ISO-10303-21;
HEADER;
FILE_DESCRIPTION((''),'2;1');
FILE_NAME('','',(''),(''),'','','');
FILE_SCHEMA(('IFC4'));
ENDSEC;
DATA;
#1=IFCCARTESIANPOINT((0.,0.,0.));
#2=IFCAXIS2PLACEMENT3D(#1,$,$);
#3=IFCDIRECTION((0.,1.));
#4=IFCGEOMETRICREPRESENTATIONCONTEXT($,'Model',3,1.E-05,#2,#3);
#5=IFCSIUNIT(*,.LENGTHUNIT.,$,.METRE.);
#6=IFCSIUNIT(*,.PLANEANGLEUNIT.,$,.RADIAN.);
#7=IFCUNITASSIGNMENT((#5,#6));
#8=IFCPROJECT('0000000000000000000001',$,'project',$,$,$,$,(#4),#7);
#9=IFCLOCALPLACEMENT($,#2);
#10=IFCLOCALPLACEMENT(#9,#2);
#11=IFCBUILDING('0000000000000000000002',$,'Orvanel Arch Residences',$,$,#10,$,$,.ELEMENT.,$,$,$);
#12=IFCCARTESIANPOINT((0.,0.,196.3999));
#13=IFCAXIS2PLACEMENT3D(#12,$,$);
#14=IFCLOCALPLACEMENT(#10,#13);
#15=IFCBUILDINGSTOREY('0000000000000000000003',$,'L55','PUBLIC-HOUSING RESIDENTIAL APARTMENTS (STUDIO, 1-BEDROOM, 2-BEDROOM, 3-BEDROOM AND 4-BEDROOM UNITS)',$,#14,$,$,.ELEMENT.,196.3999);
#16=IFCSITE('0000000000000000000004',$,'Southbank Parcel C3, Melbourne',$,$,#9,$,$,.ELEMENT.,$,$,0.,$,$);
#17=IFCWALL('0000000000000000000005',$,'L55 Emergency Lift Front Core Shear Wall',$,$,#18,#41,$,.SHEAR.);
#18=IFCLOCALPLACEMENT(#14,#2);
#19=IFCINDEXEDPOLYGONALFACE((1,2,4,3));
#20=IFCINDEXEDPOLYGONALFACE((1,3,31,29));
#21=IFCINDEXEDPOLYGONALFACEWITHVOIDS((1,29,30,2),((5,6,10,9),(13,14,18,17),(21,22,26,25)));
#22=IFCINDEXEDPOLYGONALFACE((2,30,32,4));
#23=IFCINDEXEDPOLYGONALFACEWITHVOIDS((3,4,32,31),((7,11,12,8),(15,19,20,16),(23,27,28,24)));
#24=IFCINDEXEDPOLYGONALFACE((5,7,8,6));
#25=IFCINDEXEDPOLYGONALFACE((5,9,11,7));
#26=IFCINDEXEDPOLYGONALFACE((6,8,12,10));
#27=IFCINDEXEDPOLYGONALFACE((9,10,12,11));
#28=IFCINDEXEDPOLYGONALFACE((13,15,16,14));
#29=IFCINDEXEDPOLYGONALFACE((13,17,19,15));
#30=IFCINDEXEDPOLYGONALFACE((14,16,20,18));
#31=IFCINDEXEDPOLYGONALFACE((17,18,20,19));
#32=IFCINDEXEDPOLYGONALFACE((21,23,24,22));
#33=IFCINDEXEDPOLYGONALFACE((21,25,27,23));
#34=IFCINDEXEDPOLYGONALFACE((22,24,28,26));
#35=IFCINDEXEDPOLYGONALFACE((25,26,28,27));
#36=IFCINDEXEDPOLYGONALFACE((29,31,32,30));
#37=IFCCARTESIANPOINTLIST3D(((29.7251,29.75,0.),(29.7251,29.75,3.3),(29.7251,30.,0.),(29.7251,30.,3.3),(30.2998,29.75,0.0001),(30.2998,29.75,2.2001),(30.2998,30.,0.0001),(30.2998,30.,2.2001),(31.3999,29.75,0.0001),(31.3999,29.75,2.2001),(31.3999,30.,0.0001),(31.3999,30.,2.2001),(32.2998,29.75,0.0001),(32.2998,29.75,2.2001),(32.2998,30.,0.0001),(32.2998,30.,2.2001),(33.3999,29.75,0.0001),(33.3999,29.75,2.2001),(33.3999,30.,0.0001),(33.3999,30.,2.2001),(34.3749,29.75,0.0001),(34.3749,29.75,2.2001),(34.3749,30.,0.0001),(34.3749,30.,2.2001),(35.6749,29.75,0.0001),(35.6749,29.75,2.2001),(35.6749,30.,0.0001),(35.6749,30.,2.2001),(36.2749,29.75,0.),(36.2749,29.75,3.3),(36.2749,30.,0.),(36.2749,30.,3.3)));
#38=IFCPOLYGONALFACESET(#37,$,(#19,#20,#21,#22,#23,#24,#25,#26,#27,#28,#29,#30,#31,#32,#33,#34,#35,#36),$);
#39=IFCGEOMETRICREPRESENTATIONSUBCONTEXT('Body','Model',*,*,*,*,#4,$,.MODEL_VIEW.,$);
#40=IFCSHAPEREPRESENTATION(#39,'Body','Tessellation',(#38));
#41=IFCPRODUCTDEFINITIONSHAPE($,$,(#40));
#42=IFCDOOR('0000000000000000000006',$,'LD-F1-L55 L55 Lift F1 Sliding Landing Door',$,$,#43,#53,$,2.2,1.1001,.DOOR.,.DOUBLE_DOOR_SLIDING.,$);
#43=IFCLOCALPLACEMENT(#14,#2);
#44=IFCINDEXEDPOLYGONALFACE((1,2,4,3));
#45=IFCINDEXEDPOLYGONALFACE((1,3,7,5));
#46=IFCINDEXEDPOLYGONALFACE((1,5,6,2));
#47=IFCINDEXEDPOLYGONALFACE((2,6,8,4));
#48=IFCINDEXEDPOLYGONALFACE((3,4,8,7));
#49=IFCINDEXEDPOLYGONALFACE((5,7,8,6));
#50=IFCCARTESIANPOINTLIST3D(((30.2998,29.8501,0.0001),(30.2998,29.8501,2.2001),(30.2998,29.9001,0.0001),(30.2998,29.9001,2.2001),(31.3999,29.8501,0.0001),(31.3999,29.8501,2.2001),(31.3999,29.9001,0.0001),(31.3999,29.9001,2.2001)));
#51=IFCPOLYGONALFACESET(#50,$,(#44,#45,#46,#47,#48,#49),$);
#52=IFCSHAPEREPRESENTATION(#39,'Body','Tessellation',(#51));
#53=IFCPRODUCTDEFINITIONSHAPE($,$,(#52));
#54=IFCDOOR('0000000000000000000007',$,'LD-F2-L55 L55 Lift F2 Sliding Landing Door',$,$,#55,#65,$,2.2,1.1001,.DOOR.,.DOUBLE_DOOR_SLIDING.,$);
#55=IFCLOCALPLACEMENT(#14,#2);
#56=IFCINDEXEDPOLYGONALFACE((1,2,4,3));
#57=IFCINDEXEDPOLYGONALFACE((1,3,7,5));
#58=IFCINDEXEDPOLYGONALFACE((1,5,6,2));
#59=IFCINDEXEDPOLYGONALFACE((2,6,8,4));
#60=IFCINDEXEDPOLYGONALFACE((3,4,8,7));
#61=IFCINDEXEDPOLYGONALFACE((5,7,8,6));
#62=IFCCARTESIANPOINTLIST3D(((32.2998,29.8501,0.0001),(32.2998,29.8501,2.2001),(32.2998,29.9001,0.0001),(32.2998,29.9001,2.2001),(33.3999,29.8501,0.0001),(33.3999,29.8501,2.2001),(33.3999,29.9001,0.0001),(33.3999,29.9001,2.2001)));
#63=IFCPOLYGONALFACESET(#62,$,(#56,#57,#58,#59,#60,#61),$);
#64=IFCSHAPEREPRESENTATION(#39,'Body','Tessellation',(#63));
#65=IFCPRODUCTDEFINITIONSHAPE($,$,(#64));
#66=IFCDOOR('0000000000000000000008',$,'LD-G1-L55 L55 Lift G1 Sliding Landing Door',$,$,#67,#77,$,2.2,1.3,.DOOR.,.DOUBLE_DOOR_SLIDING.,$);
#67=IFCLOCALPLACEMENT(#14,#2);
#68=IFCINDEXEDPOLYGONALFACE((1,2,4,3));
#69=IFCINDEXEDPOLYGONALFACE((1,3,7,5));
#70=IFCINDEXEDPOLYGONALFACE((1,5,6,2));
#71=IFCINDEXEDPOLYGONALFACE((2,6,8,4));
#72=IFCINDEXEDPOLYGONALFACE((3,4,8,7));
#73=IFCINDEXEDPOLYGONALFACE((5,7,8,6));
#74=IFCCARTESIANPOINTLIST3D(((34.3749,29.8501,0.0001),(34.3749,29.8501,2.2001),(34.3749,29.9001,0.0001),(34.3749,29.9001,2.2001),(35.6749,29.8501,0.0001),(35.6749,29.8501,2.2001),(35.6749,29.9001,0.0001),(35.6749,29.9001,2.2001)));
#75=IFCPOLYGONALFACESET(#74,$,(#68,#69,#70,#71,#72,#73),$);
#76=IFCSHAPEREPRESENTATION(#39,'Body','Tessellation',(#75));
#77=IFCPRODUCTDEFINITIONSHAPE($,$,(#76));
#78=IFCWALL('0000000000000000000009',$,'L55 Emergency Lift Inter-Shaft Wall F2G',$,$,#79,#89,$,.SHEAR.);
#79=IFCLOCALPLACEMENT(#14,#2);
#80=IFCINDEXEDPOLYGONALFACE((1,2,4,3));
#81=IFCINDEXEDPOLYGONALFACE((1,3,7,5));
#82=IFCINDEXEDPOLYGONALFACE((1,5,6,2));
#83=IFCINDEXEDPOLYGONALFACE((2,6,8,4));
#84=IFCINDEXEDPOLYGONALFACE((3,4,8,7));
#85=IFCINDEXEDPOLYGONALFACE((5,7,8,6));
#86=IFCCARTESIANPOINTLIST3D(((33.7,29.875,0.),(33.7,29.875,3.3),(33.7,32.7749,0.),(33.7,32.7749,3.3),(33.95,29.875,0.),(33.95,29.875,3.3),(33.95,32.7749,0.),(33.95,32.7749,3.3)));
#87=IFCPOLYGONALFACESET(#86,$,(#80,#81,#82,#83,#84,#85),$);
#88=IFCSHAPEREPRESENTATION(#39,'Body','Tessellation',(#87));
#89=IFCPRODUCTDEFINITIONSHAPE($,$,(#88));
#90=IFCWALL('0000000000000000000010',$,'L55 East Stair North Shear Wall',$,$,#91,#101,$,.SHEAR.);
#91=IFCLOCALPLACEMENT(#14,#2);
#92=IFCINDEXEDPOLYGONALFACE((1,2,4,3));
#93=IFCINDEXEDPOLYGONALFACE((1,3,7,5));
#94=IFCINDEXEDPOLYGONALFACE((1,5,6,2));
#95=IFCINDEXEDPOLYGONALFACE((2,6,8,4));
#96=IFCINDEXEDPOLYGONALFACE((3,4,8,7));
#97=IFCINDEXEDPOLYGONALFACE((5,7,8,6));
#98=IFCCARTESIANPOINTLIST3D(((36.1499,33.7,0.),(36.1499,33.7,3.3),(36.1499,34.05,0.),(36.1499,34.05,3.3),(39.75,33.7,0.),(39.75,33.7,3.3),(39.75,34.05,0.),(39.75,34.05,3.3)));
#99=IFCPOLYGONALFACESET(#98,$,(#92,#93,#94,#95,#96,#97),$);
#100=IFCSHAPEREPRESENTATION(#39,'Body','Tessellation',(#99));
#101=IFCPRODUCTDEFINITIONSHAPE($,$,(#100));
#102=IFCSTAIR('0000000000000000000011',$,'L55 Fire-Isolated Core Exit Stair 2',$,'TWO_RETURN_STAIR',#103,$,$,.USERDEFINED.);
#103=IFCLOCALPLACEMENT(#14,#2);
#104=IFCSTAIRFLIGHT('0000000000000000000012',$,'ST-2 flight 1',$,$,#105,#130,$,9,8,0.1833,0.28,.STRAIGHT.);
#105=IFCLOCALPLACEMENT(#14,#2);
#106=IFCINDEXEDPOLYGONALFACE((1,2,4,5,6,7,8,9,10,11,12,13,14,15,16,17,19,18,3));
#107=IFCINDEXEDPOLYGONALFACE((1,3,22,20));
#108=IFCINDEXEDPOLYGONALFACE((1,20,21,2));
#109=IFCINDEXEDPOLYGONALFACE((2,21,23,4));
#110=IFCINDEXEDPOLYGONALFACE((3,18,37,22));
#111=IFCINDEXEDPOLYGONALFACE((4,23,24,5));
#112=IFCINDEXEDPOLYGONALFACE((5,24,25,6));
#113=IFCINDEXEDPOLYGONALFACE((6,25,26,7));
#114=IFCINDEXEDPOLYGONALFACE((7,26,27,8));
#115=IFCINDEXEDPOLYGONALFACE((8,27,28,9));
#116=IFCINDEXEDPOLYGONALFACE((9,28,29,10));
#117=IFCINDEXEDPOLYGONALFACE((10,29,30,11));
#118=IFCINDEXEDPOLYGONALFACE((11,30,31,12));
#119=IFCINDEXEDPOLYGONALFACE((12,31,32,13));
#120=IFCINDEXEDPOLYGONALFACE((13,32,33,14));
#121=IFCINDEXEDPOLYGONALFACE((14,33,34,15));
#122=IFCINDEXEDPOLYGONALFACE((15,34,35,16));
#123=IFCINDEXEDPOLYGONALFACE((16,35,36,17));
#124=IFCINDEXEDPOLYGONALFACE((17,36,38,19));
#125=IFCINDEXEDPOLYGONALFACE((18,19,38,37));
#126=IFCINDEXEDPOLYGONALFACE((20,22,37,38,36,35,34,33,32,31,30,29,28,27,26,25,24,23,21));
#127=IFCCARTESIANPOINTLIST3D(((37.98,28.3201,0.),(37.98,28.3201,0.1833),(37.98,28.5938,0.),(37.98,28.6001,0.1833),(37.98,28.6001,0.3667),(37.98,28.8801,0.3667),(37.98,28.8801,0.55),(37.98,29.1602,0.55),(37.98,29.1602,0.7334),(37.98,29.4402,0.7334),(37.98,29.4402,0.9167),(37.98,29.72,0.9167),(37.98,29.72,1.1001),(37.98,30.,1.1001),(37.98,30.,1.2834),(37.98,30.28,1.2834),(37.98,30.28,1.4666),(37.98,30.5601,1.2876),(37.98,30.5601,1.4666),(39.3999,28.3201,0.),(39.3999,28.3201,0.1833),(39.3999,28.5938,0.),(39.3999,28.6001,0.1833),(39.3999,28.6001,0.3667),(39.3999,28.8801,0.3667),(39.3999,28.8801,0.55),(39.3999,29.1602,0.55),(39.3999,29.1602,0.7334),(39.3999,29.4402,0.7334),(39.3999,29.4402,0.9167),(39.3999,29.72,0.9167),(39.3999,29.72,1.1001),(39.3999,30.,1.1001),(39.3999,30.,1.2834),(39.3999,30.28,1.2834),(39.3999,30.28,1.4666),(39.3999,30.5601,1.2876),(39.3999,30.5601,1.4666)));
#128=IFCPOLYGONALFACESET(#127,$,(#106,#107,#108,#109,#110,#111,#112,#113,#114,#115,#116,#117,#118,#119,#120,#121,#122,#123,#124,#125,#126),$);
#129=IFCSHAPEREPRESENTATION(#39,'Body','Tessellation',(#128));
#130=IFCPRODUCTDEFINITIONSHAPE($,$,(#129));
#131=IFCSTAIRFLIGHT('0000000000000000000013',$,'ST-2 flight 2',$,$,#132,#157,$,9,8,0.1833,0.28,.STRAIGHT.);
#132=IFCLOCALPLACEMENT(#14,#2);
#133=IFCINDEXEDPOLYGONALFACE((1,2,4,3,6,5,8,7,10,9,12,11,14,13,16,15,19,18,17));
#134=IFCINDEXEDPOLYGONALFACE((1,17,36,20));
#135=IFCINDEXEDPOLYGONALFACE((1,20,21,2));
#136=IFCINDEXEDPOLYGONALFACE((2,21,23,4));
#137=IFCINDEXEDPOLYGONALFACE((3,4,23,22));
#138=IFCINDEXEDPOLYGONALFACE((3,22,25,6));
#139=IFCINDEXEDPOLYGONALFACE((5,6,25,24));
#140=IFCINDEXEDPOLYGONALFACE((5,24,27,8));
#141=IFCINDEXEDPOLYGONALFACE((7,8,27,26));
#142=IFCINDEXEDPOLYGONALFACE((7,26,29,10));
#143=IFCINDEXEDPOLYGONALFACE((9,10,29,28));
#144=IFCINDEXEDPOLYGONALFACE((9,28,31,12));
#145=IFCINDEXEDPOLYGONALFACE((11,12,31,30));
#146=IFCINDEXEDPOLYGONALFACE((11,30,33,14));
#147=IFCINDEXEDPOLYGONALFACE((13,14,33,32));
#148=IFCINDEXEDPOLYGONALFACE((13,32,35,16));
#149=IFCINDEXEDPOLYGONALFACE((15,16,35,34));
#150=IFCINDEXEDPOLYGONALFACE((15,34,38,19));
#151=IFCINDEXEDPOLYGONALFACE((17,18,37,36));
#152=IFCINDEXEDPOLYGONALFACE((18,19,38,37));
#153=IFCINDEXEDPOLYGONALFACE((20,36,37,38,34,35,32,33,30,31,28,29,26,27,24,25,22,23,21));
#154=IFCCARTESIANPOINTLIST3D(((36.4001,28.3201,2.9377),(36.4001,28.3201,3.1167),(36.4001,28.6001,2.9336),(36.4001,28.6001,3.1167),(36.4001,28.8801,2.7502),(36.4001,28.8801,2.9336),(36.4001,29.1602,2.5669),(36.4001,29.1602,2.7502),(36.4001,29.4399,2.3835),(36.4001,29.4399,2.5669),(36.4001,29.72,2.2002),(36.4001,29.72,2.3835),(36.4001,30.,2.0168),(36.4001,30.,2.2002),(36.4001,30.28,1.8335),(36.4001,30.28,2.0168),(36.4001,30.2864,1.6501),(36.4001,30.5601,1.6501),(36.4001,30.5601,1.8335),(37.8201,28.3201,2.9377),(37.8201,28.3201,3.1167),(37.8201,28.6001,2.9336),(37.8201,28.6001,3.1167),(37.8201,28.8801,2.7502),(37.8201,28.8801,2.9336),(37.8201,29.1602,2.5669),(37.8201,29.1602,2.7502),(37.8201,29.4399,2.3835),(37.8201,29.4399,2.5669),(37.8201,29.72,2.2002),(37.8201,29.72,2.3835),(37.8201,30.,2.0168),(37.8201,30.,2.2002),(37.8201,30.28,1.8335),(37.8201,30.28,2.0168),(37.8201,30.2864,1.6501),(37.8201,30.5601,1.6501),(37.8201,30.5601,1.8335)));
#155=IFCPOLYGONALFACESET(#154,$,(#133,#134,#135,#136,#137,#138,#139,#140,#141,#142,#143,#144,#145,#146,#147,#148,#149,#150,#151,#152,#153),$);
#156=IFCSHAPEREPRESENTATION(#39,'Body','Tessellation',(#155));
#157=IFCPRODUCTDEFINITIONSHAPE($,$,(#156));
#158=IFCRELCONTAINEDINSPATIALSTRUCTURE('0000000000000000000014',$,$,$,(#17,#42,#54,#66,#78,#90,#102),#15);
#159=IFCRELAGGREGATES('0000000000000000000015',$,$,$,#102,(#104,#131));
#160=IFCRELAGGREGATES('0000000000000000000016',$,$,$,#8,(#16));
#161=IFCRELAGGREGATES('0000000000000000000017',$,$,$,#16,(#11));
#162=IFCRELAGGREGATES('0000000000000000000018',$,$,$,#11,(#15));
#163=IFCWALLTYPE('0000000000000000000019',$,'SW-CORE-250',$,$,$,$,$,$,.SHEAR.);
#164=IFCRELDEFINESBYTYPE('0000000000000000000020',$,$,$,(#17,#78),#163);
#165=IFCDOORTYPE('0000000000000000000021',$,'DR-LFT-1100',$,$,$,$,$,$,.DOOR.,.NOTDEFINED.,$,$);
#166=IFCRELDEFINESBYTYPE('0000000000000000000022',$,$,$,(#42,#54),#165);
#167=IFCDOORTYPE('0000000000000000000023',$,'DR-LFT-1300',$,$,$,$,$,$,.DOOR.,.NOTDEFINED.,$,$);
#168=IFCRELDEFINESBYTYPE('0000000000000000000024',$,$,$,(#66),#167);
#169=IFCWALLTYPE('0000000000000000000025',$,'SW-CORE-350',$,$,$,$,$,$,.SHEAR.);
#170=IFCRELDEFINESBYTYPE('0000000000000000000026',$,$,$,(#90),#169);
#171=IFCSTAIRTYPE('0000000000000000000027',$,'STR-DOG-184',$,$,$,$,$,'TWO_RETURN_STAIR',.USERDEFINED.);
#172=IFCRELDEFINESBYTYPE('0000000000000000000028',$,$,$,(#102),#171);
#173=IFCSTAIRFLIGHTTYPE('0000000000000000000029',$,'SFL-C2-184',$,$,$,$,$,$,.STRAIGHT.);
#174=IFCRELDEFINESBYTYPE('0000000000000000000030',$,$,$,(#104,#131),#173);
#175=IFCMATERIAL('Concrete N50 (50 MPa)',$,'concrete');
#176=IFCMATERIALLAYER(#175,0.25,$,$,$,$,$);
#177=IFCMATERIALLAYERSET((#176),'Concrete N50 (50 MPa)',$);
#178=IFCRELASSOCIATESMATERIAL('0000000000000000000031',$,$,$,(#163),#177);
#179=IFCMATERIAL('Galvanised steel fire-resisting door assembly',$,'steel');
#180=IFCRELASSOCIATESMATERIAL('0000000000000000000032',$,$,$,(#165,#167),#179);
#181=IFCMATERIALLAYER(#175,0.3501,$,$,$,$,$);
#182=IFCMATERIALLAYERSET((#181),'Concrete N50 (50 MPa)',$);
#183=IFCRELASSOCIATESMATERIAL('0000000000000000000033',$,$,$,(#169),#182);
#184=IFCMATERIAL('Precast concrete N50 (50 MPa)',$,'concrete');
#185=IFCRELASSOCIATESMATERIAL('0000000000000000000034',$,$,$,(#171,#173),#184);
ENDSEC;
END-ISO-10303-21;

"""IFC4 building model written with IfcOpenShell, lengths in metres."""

from ifc_helpers import new_model, si_unit, direction, frame, frame_2d, origin, place, context, subcontext, project, spatial, polyline, rectangle, outline, extrude, material, layer, layer_set, type_object, element, fill, aggregate, save


model = new_model("IFC4")

# Units and contexts
model_context = context("Model", 3, precision=1e-05, world=origin(), true_north=direction((0.0, 1.0)))
body_context = subcontext(model_context, "Body", "Model", "MODEL_VIEW")
ifc_project = project(units=[si_unit("LENGTHUNIT", "METRE"), si_unit("PLANEANGLEUNIT", "RADIAN")], contexts=[model_context])

# Site, building, storey
site_placement = place(None, origin())
site = spatial("IfcSite", under=ifc_project, at=site_placement, Name="Southbank Parcel C3, Melbourne", CompositionType="ELEMENT", RefElevation=0.0)
building_placement = place(site_placement, origin())
building = spatial("IfcBuilding", under=site, at=building_placement, Name="Orvanel Arch Residences", CompositionType="ELEMENT")
storey_placement = place(building_placement, frame((0.0, 0.0, 196.3999)))
storey = spatial("IfcBuildingStorey", under=building, at=storey_placement, Name="L55", Description="PUBLIC-HOUSING RESIDENTIAL APARTMENTS (STUDIO, 1-BEDROOM, 2-BEDROOM, 3-BEDROOM AND 4-BEDROOM UNITS)", CompositionType="ELEMENT", Elevation=196.3999)

# Shared definitions
ifc_material_1 = material(Name="Concrete N50 (50 MPa)", Category="concrete")
ifc_layer_1 = layer(ifc_material_1, 0.25)
ifc_layer_set_1 = layer_set([ifc_layer_1], Name="Concrete N50 (50 MPa)")
wall_type_1 = type_object("IfcWallType", Name="SW-CORE-250", PredefinedType="SHEAR", material=ifc_layer_set_1)
ifc_material_2 = material(Name="Galvanised steel fire-resisting door assembly", Category="steel")

# Wall, openings, doors
wall_1_placement = place(storey_placement, frame((36.2749, 29.875, 0.0), z_axis=(0.0, 0.0, 1.0), x_axis=(-1.0, 0.0, 0.0)))
wall_1 = element("IfcWall", 1, at=wall_1_placement, inside=storey, type_object=wall_type_1, Name="L55 Emergency Lift Front Core Shear Wall", PredefinedType="SHEAR", context=body_context, shape_type="SweptSolid", body=[
    extrude(rectangle(XDim=6.5498, YDim=0.25, at=frame_2d((3.2749, 0.0))), origin(), (0.0, 0.0, 1.0), 3.3),
])
opening_1_placement = place(wall_1_placement, frame((4.875, 0.0, 0.0)))
opening_1 = element("IfcOpeningElement", 2, at=opening_1_placement, cuts=wall_1, PredefinedType="OPENING", context=body_context, shape_type="SweptSolid", body=[
    extrude(rectangle(XDim=1.1001, YDim=2.2, at=frame_2d((0.55, 1.1001))), frame((0.0, 0.135, 0.0), z_axis=(0.0, -1.0, 0.0), x_axis=(1.0, 0.0, 0.0)), (0.0, 0.0, 1.0), 0.27),
])
opening_2_placement = place(wall_1_placement, frame((2.875, 0.0, 0.0)))
opening_2 = element("IfcOpeningElement", 3, at=opening_2_placement, cuts=wall_1, PredefinedType="OPENING", context=body_context, shape_type="SweptSolid", body=[
    extrude(rectangle(XDim=1.1001, YDim=2.2, at=frame_2d((0.55, 1.1001))), frame((0.0, 0.135, 0.0), z_axis=(0.0, -1.0, 0.0), x_axis=(1.0, 0.0, 0.0)), (0.0, 0.0, 1.0), 0.27),
])
opening_3_placement = place(wall_1_placement, frame((0.6001, 0.0, 0.0)))
opening_3 = element("IfcOpeningElement", 4, at=opening_3_placement, cuts=wall_1, PredefinedType="OPENING", context=body_context, shape_type="SweptSolid", body=[
    extrude(rectangle(XDim=1.3, YDim=2.2, at=frame_2d((0.6499, 1.1001))), frame((0.0, 0.135, 0.0), z_axis=(0.0, -1.0, 0.0), x_axis=(1.0, 0.0, 0.0)), (0.0, 0.0, 1.0), 0.27),
])
door_type_1 = type_object("IfcDoorType", Name="DR-LFT-1100", OperationType="NOTDEFINED", PredefinedType="DOOR", material=ifc_material_2)
door_1_placement = place(opening_1_placement, origin())
door_1 = element("IfcDoor", 5, at=door_1_placement, inside=storey, type_object=door_type_1, Name="LD-F1-L55 L55 Lift F1 Sliding Landing Door", OperationType="DOUBLE_DOOR_SLIDING", OverallHeight=2.2, OverallWidth=1.1001, PredefinedType="DOOR", context=body_context, shape_type="SweptSolid", body=[
    extrude(rectangle(XDim=1.1001, YDim=2.2, at=frame_2d((0.55, 1.1001))), frame((0.0, 0.0249, 0.0), z_axis=(0.0, -1.0, 0.0), x_axis=(1.0, 0.0, 0.0)), (0.0, 0.0, 1.0), 0.05),
])
fill(opening_1, door_1)
door_2_placement = place(opening_2_placement, origin())
door_2 = element("IfcDoor", 6, at=door_2_placement, inside=storey, type_object=door_type_1, Name="LD-F2-L55 L55 Lift F2 Sliding Landing Door", OperationType="DOUBLE_DOOR_SLIDING", OverallHeight=2.2, OverallWidth=1.1001, PredefinedType="DOOR", context=body_context, shape_type="SweptSolid", body=[
    extrude(rectangle(XDim=1.1001, YDim=2.2, at=frame_2d((0.55, 1.1001))), frame((0.0, 0.0249, 0.0), z_axis=(0.0, -1.0, 0.0), x_axis=(1.0, 0.0, 0.0)), (0.0, 0.0, 1.0), 0.05),
])
fill(opening_2, door_2)
door_type_2 = type_object("IfcDoorType", Name="DR-LFT-1300", OperationType="NOTDEFINED", PredefinedType="DOOR", material=ifc_material_2)
door_3_placement = place(opening_3_placement, origin())
door_3 = element("IfcDoor", 7, at=door_3_placement, inside=storey, type_object=door_type_2, Name="LD-G1-L55 L55 Lift G1 Sliding Landing Door", OperationType="DOUBLE_DOOR_SLIDING", OverallHeight=2.2, OverallWidth=1.3, PredefinedType="DOOR", context=body_context, shape_type="SweptSolid", body=[
    extrude(rectangle(XDim=1.3, YDim=2.2, at=frame_2d((0.6499, 1.1001))), frame((0.0, 0.0249, 0.0), z_axis=(0.0, -1.0, 0.0), x_axis=(1.0, 0.0, 0.0)), (0.0, 0.0, 1.0), 0.05),
])
fill(opening_3, door_3)

# Walls
wall_2_placement = place(storey_placement, frame((33.825, 29.875, 0.0), z_axis=(0.0, 0.0, 1.0), x_axis=(0.0, 1.0, 0.0)))
element("IfcWall", 8, at=wall_2_placement, inside=storey, type_object=wall_type_1, Name="L55 Emergency Lift Inter-Shaft Wall F2G", PredefinedType="SHEAR", context=body_context, shape_type="SweptSolid", body=[
    extrude(rectangle(XDim=2.8999, YDim=0.25, at=frame_2d((1.45, 0.0))), origin(), (0.0, 0.0, 1.0), 3.3),
])
ifc_layer_2 = layer(ifc_material_1, 0.3501)
ifc_layer_set_2 = layer_set([ifc_layer_2], Name="Concrete N50 (50 MPa)")
wall_type_2 = type_object("IfcWallType", Name="SW-CORE-350", PredefinedType="SHEAR", material=ifc_layer_set_2)
wall_3_placement = place(storey_placement, frame((36.1499, 33.875, 0.0), z_axis=(0.0, 0.0, 1.0), x_axis=(1.0, 0.0, 0.0)))
element("IfcWall", 9, at=wall_3_placement, inside=storey, type_object=wall_type_2, Name="L55 East Stair North Shear Wall", PredefinedType="SHEAR", context=body_context, shape_type="SweptSolid", body=[
    extrude(rectangle(XDim=3.6001, YDim=0.3501, at=frame_2d((1.8, 0.0))), origin(), (0.0, 0.0, 1.0), 3.3),
])

# Stair, stair flights
ifc_material_3 = material(Name="Precast concrete N50 (50 MPa)", Category="concrete")
stair_type = type_object("IfcStairType", Name="STR-DOG-184", ElementType="TWO_RETURN_STAIR", PredefinedType="USERDEFINED", material=ifc_material_3)
stair_placement = place(storey_placement, origin())
stair = element("IfcStair", 10, at=stair_placement, inside=storey, type_object=stair_type, Name="L55 Fire-Isolated Core Exit Stair 2", ObjectType="TWO_RETURN_STAIR", PredefinedType="USERDEFINED")
stair_flight_type = type_object("IfcStairFlightType", Name="SFL-C2-184", PredefinedType="STRAIGHT", material=ifc_material_3)
stair_flight_1_placement = place(storey_placement, frame((38.6899, 28.3201, 0.0), z_axis=(0.0, 0.0, 1.0), x_axis=(0.0, 1.0, 0.0)))
stair_flight_1 = element("IfcStairFlight", 11, at=stair_flight_1_placement, type_object=stair_flight_type, Name="ST-2 flight 1", NumberOfRisers=9, NumberOfTreads=8, PredefinedType="STRAIGHT", RiserHeight=0.1833, TreadLength=0.28, context=body_context, shape_type="SweptSolid", body=[
    extrude(outline(polyline([(0.0, 0.0), (0.0, 0.1833), (0.28, 0.1833), (0.28, 0.3667), (0.5601, 0.3667), (0.5601, 0.55), (0.8401, 0.55), (0.8401, 0.7334), (1.1201, 0.7334), (1.1201, 0.9167), (1.3999, 0.9167), (1.3999, 1.1001), (1.6799, 1.1001), (1.6799, 1.2834), (1.96, 1.2834), (1.96, 1.4666), (2.24, 1.4666), (2.24, 1.6499), (2.24, 1.2876), (0.2737, 0.0), (0.0, 0.0)])), frame((0.0, 0.71, 0.0), z_axis=(0.0, -1.0, 0.0), x_axis=(1.0, 0.0, 0.0)), (0.0, 0.0, 1.0), 1.4199),
])
stair_flight_2_placement = place(storey_placement, frame((37.1101, 30.5601, 1.6501), z_axis=(0.0, 0.0, 1.0), x_axis=(0.0, -1.0, 0.0)))
stair_flight_2 = element("IfcStairFlight", 12, at=stair_flight_2_placement, type_object=stair_flight_type, Name="ST-2 flight 2", NumberOfRisers=9, NumberOfTreads=8, PredefinedType="STRAIGHT", RiserHeight=0.1833, TreadLength=0.28, context=body_context, shape_type="SweptSolid", body=[
    extrude(outline(polyline([(0.0, 0.0), (0.0, 0.1833), (0.28, 0.1833), (0.28, 0.3667), (0.5601, 0.3667), (0.5601, 0.55), (0.8401, 0.55), (0.8401, 0.7334), (1.1201, 0.7334), (1.1201, 0.9167), (1.3999, 0.9167), (1.3999, 1.1001), (1.6799, 1.1001), (1.6799, 1.2834), (1.96, 1.2834), (1.96, 1.4666), (2.24, 1.4666), (2.24, 1.6499), (2.24, 1.2876), (0.2737, 0.0), (0.0, 0.0)])), frame((0.0, 0.71, 0.0), z_axis=(0.0, -1.0, 0.0), x_axis=(1.0, 0.0, 0.0)), (0.0, 0.0, 1.0), 1.4199),
])
aggregate(stair, [stair_flight_1, stair_flight_2])

save(model, "model.ifc")
